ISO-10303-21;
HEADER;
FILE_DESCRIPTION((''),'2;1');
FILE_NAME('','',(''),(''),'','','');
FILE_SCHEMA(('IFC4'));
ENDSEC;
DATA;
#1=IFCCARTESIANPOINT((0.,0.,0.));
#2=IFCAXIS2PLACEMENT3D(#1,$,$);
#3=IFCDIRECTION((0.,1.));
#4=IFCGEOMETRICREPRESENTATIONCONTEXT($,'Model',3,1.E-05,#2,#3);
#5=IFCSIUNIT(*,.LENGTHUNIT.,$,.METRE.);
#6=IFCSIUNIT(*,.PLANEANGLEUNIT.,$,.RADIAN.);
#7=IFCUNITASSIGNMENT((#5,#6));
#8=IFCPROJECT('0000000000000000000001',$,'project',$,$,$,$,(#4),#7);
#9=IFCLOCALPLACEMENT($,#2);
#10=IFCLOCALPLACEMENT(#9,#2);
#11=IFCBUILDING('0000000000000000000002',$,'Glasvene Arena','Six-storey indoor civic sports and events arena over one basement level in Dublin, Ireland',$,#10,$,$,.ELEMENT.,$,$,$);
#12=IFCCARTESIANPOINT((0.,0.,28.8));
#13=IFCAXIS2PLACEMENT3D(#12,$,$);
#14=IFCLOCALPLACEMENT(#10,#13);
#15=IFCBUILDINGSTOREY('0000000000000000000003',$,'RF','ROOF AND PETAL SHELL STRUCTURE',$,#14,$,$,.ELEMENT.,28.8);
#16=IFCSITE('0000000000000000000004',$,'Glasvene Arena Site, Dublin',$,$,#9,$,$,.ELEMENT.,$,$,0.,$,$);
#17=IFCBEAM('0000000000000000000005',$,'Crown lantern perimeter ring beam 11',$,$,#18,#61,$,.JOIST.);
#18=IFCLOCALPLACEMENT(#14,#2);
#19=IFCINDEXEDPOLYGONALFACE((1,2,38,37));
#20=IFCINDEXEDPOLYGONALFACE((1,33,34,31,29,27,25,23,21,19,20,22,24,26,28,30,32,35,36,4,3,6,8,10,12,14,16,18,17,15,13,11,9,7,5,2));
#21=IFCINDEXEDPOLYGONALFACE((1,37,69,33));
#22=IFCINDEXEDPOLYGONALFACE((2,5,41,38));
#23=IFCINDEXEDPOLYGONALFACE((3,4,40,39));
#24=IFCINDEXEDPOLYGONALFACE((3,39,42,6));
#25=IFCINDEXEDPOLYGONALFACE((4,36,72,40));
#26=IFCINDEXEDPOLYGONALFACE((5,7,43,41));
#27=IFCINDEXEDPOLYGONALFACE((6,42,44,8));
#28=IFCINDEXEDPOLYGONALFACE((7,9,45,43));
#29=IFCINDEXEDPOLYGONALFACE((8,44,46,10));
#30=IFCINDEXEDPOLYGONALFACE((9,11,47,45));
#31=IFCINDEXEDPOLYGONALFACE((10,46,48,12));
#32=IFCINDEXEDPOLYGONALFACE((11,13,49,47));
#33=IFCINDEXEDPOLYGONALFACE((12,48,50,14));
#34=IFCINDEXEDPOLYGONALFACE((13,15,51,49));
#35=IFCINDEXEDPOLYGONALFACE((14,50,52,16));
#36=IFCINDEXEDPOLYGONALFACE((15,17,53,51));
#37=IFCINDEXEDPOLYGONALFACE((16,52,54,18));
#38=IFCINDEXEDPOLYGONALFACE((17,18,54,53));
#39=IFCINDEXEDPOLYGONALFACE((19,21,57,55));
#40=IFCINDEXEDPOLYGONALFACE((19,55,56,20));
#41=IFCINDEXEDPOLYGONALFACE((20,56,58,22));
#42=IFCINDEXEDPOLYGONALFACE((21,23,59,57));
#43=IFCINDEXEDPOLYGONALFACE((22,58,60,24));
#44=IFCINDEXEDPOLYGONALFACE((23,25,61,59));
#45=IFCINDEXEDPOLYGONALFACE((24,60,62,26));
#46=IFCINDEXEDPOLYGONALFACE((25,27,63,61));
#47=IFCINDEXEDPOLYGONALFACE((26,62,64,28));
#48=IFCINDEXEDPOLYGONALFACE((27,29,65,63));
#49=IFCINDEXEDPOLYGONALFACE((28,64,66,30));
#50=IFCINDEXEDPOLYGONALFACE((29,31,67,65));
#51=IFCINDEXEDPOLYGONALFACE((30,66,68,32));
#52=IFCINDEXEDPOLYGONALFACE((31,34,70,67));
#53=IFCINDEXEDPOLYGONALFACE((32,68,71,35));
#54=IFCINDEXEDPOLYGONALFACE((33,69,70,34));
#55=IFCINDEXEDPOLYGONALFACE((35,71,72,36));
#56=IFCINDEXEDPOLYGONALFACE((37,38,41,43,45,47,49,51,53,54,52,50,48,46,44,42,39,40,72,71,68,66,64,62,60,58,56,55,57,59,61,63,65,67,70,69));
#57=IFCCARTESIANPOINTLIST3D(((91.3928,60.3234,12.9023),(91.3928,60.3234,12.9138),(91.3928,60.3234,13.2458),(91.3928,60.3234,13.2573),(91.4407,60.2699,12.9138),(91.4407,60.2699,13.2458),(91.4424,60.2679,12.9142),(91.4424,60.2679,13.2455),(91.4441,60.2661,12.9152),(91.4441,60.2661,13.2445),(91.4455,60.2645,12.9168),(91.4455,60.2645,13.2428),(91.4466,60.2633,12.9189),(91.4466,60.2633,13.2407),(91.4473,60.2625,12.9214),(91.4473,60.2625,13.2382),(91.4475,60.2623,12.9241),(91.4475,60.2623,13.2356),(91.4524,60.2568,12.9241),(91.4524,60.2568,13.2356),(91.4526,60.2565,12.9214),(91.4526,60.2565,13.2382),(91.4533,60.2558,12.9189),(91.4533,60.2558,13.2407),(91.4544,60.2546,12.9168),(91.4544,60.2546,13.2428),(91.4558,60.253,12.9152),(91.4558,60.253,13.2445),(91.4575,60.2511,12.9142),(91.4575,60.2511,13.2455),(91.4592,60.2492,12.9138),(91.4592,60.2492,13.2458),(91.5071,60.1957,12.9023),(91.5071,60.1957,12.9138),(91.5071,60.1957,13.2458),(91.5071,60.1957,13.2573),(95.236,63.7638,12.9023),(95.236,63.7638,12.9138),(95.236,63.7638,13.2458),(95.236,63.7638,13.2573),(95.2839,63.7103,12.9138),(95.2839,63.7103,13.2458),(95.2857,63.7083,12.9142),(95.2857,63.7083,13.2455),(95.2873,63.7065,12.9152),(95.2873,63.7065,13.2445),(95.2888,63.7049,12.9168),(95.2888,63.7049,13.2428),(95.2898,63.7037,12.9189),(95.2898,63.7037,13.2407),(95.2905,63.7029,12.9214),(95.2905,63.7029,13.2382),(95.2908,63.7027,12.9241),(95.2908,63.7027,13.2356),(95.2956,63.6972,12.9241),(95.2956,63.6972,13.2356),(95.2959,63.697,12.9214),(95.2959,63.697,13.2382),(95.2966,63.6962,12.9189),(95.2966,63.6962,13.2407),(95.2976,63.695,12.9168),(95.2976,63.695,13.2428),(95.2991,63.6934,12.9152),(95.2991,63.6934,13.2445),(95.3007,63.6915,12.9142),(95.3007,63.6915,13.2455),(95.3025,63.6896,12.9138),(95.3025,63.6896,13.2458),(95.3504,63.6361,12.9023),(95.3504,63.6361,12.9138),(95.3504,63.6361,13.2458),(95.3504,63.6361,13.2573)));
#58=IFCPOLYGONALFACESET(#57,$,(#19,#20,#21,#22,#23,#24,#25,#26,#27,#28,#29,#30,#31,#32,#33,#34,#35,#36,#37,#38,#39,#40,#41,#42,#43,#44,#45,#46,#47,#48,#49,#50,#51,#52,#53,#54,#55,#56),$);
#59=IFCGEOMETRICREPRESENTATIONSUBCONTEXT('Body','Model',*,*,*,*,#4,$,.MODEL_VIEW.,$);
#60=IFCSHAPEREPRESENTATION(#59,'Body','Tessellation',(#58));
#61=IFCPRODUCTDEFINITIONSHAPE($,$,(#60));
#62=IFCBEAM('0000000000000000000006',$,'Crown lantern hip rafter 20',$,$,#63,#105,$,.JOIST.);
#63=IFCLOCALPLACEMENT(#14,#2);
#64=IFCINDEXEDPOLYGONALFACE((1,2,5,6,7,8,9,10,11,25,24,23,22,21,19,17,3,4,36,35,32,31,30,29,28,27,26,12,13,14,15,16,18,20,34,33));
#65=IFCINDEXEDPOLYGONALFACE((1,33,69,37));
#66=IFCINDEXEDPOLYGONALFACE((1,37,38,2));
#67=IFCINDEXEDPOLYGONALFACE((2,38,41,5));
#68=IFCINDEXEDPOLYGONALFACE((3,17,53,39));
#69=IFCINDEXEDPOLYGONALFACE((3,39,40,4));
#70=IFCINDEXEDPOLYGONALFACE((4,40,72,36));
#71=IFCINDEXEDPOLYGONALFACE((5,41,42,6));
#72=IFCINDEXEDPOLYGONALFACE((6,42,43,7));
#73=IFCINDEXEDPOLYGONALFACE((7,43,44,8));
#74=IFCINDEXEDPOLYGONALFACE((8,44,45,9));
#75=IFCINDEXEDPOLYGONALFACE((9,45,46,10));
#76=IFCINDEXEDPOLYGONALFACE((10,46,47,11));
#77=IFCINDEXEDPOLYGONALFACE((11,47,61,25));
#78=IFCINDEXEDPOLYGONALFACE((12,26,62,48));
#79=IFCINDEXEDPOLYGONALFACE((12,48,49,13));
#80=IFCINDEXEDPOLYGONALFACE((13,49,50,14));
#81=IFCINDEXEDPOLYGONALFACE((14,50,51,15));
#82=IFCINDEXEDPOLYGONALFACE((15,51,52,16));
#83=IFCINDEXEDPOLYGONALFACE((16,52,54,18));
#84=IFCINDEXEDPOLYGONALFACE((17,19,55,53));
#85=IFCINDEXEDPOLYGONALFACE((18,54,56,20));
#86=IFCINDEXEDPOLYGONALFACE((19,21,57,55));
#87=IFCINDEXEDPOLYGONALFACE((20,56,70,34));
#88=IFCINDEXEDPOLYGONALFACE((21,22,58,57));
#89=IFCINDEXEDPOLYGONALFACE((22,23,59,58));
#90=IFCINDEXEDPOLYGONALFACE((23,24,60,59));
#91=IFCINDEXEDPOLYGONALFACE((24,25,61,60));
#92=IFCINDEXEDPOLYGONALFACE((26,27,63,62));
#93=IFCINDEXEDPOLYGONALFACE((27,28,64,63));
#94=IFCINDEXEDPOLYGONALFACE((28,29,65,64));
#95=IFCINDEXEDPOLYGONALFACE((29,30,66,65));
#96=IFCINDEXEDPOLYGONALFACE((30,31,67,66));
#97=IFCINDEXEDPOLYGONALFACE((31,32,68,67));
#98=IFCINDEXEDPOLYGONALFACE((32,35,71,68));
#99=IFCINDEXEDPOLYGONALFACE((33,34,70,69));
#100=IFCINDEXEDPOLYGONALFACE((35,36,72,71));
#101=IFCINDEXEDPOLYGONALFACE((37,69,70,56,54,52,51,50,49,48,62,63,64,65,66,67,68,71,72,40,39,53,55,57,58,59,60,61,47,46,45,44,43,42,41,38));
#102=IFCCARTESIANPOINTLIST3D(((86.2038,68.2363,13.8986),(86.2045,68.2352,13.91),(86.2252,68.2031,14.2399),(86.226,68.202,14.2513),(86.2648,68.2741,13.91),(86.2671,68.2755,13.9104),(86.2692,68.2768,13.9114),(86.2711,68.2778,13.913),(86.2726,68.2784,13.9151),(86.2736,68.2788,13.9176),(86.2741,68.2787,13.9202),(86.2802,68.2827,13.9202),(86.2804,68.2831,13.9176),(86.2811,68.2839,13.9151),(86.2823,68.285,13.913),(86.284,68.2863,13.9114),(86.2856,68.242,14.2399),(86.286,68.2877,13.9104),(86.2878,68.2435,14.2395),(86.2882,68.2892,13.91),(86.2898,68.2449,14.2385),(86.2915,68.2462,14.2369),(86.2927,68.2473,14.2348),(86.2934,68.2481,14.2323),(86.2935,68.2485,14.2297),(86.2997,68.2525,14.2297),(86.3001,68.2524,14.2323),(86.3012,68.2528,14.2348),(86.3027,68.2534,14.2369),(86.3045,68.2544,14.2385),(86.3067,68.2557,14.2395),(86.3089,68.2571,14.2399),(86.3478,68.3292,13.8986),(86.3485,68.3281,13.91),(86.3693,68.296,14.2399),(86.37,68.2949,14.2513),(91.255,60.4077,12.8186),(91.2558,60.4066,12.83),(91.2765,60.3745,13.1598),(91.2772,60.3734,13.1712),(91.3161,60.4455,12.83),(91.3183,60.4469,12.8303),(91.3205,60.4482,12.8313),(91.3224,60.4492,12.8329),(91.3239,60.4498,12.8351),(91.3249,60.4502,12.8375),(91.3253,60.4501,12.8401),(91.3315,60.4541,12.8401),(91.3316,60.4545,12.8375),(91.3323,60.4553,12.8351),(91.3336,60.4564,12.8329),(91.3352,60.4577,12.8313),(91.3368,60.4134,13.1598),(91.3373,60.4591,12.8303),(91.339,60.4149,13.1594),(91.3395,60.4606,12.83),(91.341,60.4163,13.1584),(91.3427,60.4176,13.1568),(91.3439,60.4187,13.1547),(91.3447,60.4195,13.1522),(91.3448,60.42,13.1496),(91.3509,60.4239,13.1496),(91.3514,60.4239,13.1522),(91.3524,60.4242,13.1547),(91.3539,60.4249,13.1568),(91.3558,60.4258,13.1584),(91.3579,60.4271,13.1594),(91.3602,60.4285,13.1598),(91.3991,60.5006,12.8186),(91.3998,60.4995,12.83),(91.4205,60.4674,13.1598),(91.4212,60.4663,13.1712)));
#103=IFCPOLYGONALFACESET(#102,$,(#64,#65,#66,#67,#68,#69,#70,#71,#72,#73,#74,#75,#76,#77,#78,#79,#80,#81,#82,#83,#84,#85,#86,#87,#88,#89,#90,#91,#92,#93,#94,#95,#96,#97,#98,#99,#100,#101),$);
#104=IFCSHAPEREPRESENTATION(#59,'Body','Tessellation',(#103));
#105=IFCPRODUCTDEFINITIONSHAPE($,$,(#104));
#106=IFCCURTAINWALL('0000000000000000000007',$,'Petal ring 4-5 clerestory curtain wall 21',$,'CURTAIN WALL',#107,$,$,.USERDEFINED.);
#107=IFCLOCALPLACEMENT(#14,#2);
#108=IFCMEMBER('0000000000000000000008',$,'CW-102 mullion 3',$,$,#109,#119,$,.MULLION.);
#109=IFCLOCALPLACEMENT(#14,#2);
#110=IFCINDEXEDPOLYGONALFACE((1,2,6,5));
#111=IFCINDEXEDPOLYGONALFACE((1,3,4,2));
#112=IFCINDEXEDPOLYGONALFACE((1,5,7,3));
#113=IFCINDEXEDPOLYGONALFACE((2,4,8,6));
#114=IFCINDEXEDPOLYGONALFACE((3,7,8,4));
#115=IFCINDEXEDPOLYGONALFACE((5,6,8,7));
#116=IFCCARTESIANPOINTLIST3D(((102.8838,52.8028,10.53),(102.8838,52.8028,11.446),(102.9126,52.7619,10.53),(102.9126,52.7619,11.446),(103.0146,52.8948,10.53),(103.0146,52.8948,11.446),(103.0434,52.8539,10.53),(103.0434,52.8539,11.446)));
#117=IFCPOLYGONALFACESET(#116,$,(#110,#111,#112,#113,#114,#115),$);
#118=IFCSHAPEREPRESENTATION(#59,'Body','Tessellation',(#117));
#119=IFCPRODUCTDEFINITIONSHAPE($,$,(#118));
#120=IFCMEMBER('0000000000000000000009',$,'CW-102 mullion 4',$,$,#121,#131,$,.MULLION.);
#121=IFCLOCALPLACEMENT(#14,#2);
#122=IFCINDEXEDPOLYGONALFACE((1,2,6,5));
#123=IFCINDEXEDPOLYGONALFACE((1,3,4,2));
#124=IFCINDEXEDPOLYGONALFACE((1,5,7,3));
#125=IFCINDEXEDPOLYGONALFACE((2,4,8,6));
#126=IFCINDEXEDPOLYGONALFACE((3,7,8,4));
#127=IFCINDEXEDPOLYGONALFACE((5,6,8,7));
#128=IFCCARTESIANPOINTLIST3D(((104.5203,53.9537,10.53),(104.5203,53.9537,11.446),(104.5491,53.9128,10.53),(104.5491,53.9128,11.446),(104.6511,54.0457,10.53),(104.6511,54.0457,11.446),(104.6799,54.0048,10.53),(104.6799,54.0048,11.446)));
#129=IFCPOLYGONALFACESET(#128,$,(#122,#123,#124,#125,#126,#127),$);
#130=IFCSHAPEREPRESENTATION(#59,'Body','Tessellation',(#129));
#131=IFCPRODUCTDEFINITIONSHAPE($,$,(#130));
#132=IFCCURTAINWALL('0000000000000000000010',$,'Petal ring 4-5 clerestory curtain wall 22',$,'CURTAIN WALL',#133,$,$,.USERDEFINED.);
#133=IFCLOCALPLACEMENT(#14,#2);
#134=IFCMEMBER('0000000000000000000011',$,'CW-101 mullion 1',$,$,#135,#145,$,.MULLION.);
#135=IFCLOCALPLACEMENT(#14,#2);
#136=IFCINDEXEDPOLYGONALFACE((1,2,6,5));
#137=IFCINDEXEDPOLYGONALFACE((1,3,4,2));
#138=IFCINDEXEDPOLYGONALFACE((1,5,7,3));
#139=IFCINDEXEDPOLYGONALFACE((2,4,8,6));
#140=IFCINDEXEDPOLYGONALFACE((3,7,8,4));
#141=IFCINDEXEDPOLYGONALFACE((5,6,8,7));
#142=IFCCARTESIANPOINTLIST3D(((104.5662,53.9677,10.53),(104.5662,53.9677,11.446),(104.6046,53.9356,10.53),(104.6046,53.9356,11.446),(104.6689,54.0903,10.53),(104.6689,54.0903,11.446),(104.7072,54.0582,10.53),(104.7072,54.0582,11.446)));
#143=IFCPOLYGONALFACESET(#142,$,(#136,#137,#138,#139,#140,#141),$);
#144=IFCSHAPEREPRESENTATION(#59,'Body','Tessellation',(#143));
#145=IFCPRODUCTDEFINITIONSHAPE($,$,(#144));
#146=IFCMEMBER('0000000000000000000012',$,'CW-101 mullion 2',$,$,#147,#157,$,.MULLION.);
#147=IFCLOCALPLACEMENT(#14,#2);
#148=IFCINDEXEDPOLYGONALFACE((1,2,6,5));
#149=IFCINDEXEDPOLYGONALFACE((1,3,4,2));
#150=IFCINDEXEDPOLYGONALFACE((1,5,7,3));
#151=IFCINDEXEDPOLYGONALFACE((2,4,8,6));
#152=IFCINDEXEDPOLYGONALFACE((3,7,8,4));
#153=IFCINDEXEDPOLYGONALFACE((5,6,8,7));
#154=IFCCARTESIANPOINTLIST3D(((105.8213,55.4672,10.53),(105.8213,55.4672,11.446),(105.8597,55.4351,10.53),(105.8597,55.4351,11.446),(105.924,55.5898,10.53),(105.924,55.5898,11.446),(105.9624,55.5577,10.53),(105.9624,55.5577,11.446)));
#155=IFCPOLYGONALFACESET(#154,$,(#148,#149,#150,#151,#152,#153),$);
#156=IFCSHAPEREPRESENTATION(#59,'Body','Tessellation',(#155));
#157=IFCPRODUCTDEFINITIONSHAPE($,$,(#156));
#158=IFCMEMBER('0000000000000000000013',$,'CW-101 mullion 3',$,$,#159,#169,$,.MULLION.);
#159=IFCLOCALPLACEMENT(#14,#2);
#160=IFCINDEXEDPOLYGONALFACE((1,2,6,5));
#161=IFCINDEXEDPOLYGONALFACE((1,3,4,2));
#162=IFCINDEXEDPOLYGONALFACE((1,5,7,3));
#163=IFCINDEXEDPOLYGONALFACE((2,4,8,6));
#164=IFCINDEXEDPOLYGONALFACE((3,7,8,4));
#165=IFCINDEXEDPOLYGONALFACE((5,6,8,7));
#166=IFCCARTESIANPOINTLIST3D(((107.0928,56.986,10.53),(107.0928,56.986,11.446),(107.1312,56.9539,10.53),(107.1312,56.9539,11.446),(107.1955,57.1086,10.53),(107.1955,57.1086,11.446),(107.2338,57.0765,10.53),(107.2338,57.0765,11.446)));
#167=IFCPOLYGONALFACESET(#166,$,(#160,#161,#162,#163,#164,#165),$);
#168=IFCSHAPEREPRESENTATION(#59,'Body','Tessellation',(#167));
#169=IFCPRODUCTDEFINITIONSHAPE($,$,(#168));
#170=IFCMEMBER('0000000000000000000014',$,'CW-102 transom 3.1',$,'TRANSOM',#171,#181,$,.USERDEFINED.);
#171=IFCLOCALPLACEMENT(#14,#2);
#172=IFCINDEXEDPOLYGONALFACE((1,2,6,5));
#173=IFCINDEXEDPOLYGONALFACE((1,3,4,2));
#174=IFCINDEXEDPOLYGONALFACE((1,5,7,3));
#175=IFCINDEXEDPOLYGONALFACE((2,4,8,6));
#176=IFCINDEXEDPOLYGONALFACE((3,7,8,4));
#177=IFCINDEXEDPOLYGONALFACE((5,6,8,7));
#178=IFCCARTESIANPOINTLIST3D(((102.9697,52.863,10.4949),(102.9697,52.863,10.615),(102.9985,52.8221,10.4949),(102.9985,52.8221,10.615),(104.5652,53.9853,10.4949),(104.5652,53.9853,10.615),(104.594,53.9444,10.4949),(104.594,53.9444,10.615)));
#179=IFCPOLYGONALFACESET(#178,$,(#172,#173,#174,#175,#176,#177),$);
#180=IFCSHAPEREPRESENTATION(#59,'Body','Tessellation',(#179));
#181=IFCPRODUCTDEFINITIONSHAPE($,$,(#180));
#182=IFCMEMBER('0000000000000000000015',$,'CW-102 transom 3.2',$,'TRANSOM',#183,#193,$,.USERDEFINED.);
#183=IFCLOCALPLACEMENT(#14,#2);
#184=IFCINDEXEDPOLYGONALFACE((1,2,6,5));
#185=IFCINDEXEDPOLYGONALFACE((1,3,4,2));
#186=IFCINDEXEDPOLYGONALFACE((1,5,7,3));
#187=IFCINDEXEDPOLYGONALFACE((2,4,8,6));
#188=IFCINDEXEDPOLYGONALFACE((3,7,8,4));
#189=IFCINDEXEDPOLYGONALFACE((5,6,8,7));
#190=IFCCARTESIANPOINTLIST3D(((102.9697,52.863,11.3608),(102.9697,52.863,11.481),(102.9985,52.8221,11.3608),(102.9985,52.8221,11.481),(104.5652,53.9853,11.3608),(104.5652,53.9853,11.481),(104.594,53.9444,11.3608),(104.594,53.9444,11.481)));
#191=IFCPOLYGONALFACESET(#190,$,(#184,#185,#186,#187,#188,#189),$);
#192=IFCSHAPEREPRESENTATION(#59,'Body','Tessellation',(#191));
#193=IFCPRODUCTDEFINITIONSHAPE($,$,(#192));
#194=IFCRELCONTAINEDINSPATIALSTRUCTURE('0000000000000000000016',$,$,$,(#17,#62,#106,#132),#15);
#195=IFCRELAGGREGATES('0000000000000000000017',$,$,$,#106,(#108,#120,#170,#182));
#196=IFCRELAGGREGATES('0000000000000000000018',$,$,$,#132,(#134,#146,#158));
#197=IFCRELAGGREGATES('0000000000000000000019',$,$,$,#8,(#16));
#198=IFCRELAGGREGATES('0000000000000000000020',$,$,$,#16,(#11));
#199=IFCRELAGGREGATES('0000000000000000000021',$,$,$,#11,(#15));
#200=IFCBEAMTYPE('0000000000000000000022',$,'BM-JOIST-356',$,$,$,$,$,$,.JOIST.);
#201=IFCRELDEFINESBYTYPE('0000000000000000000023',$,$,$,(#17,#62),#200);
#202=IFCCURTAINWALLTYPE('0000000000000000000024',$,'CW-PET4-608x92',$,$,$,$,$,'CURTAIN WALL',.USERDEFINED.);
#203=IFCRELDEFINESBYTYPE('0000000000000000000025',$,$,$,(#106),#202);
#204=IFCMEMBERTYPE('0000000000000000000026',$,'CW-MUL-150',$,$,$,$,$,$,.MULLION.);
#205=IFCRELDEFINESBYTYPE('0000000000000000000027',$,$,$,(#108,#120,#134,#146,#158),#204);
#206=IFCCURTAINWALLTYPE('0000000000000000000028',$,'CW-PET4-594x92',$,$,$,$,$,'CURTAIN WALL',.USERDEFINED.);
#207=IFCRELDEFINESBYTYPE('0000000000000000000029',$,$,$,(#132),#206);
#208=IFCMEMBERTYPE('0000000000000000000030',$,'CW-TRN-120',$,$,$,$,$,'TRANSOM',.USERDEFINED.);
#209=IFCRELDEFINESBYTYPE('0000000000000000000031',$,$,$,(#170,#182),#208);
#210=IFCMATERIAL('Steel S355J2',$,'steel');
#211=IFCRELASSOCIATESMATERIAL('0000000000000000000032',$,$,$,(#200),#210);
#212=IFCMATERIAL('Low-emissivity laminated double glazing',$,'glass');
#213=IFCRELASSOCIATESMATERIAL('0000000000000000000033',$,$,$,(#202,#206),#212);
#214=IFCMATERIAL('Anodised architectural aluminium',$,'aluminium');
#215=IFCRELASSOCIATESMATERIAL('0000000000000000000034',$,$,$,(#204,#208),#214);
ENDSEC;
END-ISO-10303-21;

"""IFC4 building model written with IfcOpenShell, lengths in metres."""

from ifc_helpers import new_model, si_unit, direction, frame, origin, origin_2d, place, context, subcontext, project, spatial, rectangle, i_section, extrude, material, material_profile, profile_set, type_object, element, aggregate, save


model = new_model("IFC4")

# Units and contexts
model_context = context("Model", 3, precision=1e-05, world=origin(), true_north=direction((0.0, 1.0)))
body_context = subcontext(model_context, "Body", "Model", "MODEL_VIEW")
ifc_project = project(units=[si_unit("LENGTHUNIT", "METRE"), si_unit("PLANEANGLEUNIT", "RADIAN")], contexts=[model_context])

# Site, building, storey
site_placement = place(None, origin())
site = spatial("IfcSite", under=ifc_project, at=site_placement, Name="Glasvene Arena Site, Dublin", CompositionType="ELEMENT", RefElevation=0.0)
building_placement = place(site_placement, origin())
building = spatial("IfcBuilding", under=site, at=building_placement, Name="Glasvene Arena", Description="Six-storey indoor civic sports and events arena over one basement level in Dublin, Ireland", CompositionType="ELEMENT")
storey_placement = place(building_placement, frame((0.0, 0.0, 28.8)))
storey = spatial("IfcBuildingStorey", under=building, at=storey_placement, Name="RF", Description="ROOF AND PETAL SHELL STRUCTURE", CompositionType="ELEMENT", Elevation=28.8)

# Beams
ifc_material_1 = material(Name="Steel S355J2", Category="steel")
ifc_material_profile_1 = material_profile(ifc_material_1, i_section(OverallWidth=0.1714, OverallDepth=0.355, WebThickness=0.0073, FlangeThickness=0.0115, FilletRadius=0.0103, at=origin_2d()), Name="UKB 356x171x51")
ifc_profile_set_1 = profile_set([ifc_material_profile_1], Name="Steel S355J2")
beam_type = type_object("IfcBeamType", Name="BM-JOIST-356", PredefinedType="JOIST", material=ifc_profile_set_1)
beam_1_placement = place(storey_placement, frame((91.45, 60.2595, 13.0798), z_axis=(0.745075, 0.66698, 0.0), x_axis=(-0.66698, 0.745075, 0.0)))
element("IfcBeam", 1, at=beam_1_placement, inside=storey, type_object=beam_type, Name="Crown lantern perimeter ring beam 11", PredefinedType="JOIST", context=body_context, shape_type="SweptSolid", body=[
    extrude(i_section(OverallWidth=0.1714, OverallDepth=0.355, WebThickness=0.0073, FlangeThickness=0.0115, FilletRadius=0.0103, at=origin_2d()), origin(), (0.0, 0.0, 1.0), 5.1582),
])
beam_2_placement = place(storey_placement, frame((91.3381, 60.437, 12.9949), z_axis=(-0.538562, 0.83468, 0.115157), x_axis=(-0.84027, -0.542169, 0.0)))
element("IfcBeam", 2, at=beam_2_placement, inside=storey, type_object=beam_type, Name="Crown lantern hip rafter 20", PredefinedType="JOIST", context=body_context, shape_type="SweptSolid", body=[
    extrude(i_section(OverallWidth=0.1714, OverallDepth=0.355, WebThickness=0.0073, FlangeThickness=0.0115, FilletRadius=0.0103, at=origin_2d()), origin(), (0.0, 0.0, 1.0), 9.3792),
])

# Curtain walls, members
ifc_material_2 = material(Name="Low-emissivity laminated double glazing", Category="glass")
curtain_wall_type_1 = type_object("IfcCurtainWallType", Name="CW-PET4-608x92", ElementType="CURTAIN WALL", PredefinedType="USERDEFINED", material=ifc_material_2)
curtain_wall_1_placement = place(storey_placement, frame((99.6499, 50.4973, 0.0)))
curtain_wall_1 = element("IfcCurtainWall", 3, at=curtain_wall_1_placement, inside=storey, type_object=curtain_wall_type_1, Name="Petal ring 4-5 clerestory curtain wall 21", ObjectType="CURTAIN WALL", PredefinedType="USERDEFINED")
ifc_material_3 = material(Name="Anodised architectural aluminium", Category="aluminium")
ifc_material_profile_2 = material_profile(ifc_material_3, rectangle(XDim=0.05, YDim=0.1599, at=origin_2d()), Name="ALU MULLION 50x160")
ifc_profile_set_2 = profile_set([ifc_material_profile_2], Name="Anodised architectural aluminium")
member_type_1 = type_object("IfcMemberType", Name="CW-MUL-150", PredefinedType="MULLION", material=ifc_profile_set_2)
member_1_placement = place(storey_placement, frame((102.9636, 52.8284, 10.53), z_axis=(0.0, 0.0, 1.0), x_axis=(-0.575325, 0.817925, 0.0)))
member_1 = element("IfcMember", 4, at=member_1_placement, type_object=member_type_1, Name="CW-102 mullion 3", PredefinedType="MULLION", context=body_context, shape_type="SweptSolid", body=[
    extrude(rectangle(XDim=0.05, YDim=0.1599, at=origin_2d()), origin(), (0.0, 0.0, 1.0), 0.916),
])
member_2_placement = place(storey_placement, frame((104.6001, 53.9792, 10.53), z_axis=(0.0, 0.0, 1.0), x_axis=(-0.575325, 0.817925, 0.0)))
member_2 = element("IfcMember", 5, at=member_2_placement, type_object=member_type_1, Name="CW-102 mullion 4", PredefinedType="MULLION", context=body_context, shape_type="SweptSolid", body=[
    extrude(rectangle(XDim=0.05, YDim=0.1599, at=origin_2d()), origin(), (0.0, 0.0, 1.0), 0.916),
])
curtain_wall_type_2 = type_object("IfcCurtainWallType", Name="CW-PET4-594x92", ElementType="CURTAIN WALL", PredefinedType="USERDEFINED", material=ifc_material_2)
curtain_wall_2_placement = place(storey_placement, frame((104.6206, 53.9937, 0.0)))
curtain_wall_2 = element("IfcCurtainWall", 6, at=curtain_wall_2_placement, inside=storey, type_object=curtain_wall_type_2, Name="Petal ring 4-5 clerestory curtain wall 22", ObjectType="CURTAIN WALL", PredefinedType="USERDEFINED")
member_3_placement = place(storey_placement, frame((104.6367, 54.0129, 10.53), z_axis=(0.0, 0.0, 1.0), x_axis=(-0.766805, 0.64188, 0.0)))
member_3 = element("IfcMember", 7, at=member_3_placement, type_object=member_type_1, Name="CW-101 mullion 1", PredefinedType="MULLION", context=body_context, shape_type="SweptSolid", body=[
    extrude(rectangle(XDim=0.05, YDim=0.1599, at=origin_2d()), origin(), (0.0, 0.0, 1.0), 0.916),
])
member_4_placement = place(storey_placement, frame((105.8918, 55.5125, 10.53), z_axis=(0.0, 0.0, 1.0), x_axis=(-0.766805, 0.64188, 0.0)))
member_4 = element("IfcMember", 8, at=member_4_placement, type_object=member_type_1, Name="CW-101 mullion 2", PredefinedType="MULLION", context=body_context, shape_type="SweptSolid", body=[
    extrude(rectangle(XDim=0.05, YDim=0.1599, at=origin_2d()), origin(), (0.0, 0.0, 1.0), 0.916),
])
member_5_placement = place(storey_placement, frame((107.1633, 57.0312, 10.53), z_axis=(0.0, 0.0, 1.0), x_axis=(-0.766805, 0.64188, 0.0)))
member_5 = element("IfcMember", 9, at=member_5_placement, type_object=member_type_1, Name="CW-101 mullion 3", PredefinedType="MULLION", context=body_context, shape_type="SweptSolid", body=[
    extrude(rectangle(XDim=0.05, YDim=0.1599, at=origin_2d()), origin(), (0.0, 0.0, 1.0), 0.916),
])

# Members
ifc_material_profile_3 = material_profile(ifc_material_3, rectangle(XDim=0.05, YDim=0.1201, at=origin_2d()), Name="ALU TRANSOM 50x120")
ifc_profile_set_3 = profile_set([ifc_material_profile_3], Name="Anodised architectural aluminium")
member_type_2 = type_object("IfcMemberType", Name="CW-TRN-120", ElementType="TRANSOM", PredefinedType="USERDEFINED", material=ifc_profile_set_3)
member_6_placement = place(storey_placement, frame((102.9841, 52.8425, 10.5549), z_axis=(0.817907, 0.575351, 0.0), x_axis=(-0.575351, 0.817907, 0.0)))
member_6 = element("IfcMember", 10, at=member_6_placement, type_object=member_type_2, Name="CW-102 transom 3.1", ObjectType="TRANSOM", PredefinedType="USERDEFINED", context=body_context, shape_type="SweptSolid", body=[
    extrude(rectangle(XDim=0.05, YDim=0.1201, at=origin_2d()), origin(), (0.0, 0.0, 1.0), 1.9507),
])
member_7_placement = place(storey_placement, frame((102.9841, 52.8425, 11.4209), z_axis=(0.817907, 0.575351, 0.0), x_axis=(-0.575351, 0.817907, 0.0)))
member_7 = element("IfcMember", 11, at=member_7_placement, type_object=member_type_2, Name="CW-102 transom 3.2", ObjectType="TRANSOM", PredefinedType="USERDEFINED", context=body_context, shape_type="SweptSolid", body=[
    extrude(rectangle(XDim=0.05, YDim=0.1201, at=origin_2d()), origin(), (0.0, 0.0, 1.0), 1.9507),
])

aggregate(curtain_wall_1, [member_1, member_2, member_6, member_7])
aggregate(curtain_wall_2, [member_3, member_4, member_5])

save(model, "model.ifc")
